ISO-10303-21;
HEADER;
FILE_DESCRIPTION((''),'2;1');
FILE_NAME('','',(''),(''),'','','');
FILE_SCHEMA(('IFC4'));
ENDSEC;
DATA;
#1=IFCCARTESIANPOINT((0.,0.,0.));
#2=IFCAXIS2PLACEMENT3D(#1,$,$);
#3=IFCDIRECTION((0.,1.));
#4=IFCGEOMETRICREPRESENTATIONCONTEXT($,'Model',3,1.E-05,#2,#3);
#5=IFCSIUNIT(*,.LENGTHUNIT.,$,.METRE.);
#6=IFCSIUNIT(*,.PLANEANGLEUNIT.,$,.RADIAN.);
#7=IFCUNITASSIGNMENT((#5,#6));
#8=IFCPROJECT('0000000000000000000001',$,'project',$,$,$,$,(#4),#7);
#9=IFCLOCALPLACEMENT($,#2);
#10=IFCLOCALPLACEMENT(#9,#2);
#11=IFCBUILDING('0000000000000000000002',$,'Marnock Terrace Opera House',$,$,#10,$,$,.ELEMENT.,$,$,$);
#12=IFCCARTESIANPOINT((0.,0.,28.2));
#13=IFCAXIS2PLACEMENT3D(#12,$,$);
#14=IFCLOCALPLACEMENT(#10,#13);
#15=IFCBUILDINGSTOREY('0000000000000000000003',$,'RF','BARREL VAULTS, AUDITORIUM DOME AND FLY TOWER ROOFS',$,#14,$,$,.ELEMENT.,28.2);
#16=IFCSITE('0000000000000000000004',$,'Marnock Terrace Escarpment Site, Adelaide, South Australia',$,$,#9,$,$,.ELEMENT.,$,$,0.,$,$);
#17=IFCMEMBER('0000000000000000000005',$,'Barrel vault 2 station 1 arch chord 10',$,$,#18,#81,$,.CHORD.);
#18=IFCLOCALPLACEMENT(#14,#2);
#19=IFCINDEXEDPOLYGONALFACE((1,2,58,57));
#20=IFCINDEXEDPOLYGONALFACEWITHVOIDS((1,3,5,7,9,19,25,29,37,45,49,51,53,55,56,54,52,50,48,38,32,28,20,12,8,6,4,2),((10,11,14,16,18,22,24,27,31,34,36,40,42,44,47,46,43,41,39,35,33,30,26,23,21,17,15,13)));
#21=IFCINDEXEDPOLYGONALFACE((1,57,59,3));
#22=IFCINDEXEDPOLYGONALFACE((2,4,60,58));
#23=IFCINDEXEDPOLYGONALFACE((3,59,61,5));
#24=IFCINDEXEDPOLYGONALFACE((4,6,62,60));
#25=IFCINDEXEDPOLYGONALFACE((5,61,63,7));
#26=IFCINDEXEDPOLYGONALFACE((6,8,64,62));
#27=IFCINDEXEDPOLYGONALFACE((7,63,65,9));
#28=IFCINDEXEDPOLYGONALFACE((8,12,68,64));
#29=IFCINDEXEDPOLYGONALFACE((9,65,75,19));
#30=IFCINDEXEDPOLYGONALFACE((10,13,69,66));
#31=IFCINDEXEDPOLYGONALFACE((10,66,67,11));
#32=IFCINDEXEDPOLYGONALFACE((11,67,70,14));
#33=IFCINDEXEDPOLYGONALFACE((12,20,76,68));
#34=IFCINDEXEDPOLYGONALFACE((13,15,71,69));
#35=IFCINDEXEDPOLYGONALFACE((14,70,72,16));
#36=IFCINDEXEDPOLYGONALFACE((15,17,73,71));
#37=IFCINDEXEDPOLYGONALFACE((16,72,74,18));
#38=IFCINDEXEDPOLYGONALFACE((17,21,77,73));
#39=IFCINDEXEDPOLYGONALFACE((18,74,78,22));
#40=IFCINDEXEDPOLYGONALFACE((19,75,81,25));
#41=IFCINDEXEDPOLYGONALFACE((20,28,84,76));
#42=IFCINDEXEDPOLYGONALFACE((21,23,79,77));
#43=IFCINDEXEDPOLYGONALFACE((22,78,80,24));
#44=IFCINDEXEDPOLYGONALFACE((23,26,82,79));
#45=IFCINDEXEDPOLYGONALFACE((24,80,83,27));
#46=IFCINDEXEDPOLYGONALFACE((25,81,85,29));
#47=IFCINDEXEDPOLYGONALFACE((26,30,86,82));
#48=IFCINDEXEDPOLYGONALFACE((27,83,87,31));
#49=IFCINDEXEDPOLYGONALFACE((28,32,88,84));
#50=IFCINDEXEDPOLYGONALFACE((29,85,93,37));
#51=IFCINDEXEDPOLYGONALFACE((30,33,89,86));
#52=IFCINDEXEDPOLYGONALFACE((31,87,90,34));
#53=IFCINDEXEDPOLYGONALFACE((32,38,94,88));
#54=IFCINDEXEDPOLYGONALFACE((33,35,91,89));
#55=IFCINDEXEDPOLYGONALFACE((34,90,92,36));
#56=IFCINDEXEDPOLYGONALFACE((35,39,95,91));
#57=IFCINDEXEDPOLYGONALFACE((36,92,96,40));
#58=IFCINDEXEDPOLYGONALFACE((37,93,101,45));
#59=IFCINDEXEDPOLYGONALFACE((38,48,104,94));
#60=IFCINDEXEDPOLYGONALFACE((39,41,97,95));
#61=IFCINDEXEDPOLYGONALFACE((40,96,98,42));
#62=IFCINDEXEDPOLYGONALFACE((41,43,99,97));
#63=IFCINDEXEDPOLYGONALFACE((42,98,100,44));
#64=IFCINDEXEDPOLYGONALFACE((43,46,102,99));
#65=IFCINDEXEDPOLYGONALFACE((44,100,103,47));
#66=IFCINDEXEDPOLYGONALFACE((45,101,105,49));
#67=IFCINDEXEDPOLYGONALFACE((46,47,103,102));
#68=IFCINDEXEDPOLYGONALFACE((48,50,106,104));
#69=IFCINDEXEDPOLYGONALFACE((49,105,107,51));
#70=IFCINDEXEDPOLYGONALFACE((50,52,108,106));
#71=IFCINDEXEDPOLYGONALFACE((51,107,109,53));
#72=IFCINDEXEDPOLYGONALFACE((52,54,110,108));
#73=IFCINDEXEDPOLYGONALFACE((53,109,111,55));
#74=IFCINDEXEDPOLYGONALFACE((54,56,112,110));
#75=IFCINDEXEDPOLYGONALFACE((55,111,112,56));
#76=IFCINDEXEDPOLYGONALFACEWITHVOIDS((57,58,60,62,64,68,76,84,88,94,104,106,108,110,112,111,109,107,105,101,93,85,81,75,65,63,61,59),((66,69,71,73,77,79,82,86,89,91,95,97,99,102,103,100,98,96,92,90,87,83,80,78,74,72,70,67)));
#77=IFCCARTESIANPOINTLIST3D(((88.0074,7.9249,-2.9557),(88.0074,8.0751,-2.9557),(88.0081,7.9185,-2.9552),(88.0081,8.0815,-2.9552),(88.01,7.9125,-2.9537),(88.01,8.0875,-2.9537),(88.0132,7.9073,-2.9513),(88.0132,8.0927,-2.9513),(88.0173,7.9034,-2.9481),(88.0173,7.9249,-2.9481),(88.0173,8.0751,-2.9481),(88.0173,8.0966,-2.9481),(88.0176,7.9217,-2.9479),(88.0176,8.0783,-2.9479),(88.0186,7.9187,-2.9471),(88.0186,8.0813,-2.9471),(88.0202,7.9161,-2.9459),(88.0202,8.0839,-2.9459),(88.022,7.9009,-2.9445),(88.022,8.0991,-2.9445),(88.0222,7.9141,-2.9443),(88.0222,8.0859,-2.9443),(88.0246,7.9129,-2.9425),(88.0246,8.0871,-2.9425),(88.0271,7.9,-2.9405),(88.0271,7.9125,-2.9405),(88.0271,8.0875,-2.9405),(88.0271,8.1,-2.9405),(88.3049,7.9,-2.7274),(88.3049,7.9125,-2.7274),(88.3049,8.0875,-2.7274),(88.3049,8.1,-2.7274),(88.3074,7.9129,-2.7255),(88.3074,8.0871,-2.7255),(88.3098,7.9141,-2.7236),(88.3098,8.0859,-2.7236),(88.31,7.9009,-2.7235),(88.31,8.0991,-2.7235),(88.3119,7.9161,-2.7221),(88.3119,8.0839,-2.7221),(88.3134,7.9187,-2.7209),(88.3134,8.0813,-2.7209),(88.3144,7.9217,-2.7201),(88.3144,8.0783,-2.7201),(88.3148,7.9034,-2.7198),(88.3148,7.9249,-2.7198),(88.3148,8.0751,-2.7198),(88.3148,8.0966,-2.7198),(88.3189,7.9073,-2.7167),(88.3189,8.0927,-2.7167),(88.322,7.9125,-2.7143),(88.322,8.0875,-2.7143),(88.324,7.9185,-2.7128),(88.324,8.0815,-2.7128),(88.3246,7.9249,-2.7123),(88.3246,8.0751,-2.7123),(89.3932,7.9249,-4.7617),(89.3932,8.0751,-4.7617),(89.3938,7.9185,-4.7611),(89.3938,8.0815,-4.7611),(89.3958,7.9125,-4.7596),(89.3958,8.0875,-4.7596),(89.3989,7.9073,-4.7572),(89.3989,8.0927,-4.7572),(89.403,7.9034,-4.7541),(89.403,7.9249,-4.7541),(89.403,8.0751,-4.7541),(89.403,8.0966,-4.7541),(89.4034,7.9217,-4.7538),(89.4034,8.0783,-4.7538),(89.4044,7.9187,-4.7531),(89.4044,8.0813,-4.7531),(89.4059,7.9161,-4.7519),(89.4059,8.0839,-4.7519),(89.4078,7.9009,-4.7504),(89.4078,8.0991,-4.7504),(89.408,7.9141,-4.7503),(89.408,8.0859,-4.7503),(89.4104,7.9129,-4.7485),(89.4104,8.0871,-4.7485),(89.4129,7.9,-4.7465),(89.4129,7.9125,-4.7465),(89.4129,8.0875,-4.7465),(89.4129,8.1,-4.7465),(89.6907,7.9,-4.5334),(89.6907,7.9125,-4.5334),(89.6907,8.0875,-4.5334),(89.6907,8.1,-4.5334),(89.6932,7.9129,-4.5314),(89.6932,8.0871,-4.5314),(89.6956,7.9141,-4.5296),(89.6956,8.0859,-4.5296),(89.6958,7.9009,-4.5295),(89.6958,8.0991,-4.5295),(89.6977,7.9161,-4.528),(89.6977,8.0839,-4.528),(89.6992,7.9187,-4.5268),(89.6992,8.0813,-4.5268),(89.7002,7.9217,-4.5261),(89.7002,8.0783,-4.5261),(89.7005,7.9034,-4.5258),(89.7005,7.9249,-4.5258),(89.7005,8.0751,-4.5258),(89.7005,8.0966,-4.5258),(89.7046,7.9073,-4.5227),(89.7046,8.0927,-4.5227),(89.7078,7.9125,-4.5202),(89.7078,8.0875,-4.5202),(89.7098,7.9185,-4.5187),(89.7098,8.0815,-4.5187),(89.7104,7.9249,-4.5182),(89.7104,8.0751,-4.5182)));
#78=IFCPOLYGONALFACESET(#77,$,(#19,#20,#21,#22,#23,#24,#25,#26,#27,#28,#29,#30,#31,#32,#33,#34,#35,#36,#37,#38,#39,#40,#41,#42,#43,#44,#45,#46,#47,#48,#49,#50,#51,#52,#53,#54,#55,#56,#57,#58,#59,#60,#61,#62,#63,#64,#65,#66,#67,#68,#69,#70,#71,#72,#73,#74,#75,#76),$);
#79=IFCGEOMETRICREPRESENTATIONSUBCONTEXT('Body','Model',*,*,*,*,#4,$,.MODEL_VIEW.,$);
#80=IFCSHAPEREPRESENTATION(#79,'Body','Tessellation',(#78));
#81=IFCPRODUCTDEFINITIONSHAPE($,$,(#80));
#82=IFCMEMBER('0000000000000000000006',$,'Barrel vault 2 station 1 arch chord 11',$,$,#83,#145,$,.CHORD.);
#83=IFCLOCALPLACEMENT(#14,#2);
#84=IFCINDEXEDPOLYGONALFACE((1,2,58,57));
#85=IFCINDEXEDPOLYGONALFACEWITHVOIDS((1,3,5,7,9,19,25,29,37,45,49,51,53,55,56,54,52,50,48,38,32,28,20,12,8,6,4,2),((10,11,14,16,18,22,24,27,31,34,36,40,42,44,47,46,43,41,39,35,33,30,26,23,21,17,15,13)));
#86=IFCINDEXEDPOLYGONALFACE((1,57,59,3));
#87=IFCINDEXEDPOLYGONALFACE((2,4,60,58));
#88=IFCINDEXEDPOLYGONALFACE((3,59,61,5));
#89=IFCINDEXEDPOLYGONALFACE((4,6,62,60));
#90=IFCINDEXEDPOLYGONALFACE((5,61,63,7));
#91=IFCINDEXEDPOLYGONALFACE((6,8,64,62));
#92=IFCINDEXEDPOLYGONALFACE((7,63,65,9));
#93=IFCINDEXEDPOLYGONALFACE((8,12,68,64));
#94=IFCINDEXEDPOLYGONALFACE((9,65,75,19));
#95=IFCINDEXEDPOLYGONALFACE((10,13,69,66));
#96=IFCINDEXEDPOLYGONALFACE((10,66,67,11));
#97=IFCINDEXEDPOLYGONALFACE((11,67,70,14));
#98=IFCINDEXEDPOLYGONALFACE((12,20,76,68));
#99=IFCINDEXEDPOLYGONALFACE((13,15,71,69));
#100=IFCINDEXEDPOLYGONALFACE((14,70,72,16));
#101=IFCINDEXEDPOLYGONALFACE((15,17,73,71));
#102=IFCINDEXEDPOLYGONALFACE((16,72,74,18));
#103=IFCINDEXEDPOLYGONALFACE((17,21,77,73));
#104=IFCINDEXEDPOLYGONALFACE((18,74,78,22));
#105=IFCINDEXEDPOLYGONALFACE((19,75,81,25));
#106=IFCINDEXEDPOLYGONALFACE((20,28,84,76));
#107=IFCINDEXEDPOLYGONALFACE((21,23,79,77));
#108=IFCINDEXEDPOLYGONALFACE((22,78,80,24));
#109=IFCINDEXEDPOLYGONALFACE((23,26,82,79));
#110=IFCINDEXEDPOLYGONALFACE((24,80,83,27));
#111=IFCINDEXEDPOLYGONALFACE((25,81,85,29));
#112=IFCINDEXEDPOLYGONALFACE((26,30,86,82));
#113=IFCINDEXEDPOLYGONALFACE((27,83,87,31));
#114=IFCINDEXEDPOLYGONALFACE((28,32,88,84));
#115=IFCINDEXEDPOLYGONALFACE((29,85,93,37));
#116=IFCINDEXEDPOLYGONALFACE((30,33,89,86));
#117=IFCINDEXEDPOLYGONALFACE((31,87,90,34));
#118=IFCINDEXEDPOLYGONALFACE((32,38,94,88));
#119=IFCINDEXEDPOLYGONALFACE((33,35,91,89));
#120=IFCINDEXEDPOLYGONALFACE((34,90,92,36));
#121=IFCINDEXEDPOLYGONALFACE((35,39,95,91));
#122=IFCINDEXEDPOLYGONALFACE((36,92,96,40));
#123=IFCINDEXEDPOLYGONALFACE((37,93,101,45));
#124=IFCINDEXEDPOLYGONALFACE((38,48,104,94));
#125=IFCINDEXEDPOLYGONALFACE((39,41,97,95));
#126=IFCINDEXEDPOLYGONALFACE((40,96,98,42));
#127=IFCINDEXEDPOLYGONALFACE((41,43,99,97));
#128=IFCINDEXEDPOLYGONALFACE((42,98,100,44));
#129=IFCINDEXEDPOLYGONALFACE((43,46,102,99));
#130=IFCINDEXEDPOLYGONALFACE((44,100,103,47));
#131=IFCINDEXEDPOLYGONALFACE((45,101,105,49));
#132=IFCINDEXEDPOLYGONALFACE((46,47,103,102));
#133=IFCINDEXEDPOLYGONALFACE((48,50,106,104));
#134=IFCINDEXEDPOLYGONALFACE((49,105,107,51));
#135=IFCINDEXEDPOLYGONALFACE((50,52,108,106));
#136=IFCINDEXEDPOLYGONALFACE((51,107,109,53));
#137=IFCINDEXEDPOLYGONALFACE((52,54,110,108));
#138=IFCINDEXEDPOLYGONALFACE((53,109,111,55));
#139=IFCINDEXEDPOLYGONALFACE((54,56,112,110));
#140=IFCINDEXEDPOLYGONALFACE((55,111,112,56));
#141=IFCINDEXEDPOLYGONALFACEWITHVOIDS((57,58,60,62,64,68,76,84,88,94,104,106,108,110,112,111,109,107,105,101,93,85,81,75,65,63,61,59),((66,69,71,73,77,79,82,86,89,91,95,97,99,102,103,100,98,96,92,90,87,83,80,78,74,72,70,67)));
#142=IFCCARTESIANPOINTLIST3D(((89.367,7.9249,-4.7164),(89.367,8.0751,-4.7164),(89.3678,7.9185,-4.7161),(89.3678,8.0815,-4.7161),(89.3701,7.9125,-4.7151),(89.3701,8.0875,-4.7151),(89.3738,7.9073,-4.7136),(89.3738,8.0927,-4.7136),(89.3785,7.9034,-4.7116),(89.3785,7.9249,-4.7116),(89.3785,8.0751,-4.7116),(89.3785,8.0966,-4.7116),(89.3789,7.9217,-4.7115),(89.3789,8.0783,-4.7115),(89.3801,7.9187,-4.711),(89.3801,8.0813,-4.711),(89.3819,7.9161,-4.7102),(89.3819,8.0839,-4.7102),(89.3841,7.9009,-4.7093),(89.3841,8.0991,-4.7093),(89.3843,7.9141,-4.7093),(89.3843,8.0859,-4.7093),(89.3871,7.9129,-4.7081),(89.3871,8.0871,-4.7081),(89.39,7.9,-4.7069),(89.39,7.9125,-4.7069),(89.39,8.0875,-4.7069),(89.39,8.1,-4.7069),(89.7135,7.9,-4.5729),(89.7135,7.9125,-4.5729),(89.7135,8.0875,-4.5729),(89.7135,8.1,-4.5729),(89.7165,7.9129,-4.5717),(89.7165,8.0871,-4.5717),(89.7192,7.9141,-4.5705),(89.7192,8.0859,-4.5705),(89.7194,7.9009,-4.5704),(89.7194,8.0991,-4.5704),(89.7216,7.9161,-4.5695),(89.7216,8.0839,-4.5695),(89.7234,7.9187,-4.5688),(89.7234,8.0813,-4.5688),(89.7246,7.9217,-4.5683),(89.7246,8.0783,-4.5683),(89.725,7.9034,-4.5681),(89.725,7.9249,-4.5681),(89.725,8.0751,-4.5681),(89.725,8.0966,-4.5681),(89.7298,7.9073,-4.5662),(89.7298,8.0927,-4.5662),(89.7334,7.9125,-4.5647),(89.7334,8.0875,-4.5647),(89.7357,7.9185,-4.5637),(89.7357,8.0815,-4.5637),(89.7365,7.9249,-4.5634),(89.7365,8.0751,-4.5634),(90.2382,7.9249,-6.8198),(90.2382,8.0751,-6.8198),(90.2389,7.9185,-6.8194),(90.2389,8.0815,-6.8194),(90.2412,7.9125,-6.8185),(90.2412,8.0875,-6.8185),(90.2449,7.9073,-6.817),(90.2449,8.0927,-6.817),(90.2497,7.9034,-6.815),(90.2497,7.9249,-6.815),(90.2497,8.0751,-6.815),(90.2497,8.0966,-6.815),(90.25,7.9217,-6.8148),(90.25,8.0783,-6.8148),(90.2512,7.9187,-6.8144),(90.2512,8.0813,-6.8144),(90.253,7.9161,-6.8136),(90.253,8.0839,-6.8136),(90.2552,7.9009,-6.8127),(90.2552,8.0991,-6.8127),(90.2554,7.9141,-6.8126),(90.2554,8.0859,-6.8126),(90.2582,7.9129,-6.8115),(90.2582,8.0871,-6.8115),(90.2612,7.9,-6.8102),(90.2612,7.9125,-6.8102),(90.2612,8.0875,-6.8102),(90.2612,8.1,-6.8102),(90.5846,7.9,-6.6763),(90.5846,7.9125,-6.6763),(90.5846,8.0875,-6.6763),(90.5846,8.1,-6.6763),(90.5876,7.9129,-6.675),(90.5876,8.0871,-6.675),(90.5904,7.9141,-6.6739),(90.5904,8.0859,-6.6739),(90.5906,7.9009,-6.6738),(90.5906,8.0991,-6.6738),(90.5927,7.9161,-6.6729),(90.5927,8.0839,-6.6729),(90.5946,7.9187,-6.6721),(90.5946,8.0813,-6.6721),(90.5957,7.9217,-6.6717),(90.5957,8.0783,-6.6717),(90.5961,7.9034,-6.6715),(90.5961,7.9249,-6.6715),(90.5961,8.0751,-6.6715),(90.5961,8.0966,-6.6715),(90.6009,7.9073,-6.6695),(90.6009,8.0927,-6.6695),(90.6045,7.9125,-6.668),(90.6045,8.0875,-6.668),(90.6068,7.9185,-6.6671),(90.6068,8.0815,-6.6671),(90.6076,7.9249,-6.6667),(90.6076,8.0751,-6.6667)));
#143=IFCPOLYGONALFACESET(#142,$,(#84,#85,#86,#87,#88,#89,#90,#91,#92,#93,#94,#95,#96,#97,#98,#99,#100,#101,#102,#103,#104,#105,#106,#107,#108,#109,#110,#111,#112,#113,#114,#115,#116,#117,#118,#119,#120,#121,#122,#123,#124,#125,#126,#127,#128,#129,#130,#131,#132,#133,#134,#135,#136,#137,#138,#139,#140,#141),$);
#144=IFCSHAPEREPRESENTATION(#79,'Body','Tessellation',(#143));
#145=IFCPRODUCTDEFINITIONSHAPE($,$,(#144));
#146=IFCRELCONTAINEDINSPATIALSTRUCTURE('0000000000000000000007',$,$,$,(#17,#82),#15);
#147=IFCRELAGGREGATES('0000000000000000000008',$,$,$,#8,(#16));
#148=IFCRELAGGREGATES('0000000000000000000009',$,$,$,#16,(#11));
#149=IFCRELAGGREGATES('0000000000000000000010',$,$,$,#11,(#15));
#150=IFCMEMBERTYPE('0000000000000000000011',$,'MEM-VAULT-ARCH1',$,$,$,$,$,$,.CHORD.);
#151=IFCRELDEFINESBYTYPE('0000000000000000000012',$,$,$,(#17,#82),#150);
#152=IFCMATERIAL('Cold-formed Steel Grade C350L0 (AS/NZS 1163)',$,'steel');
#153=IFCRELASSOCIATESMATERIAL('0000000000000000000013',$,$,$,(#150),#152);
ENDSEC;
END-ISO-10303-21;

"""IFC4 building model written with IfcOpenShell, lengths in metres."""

from ifc_helpers import new_model, si_unit, direction, frame, origin, origin_2d, place, context, subcontext, project, spatial, hollow_rectangle, extrude, material, material_profile, profile_set, type_object, element, save


model = new_model("IFC4")

# Units and contexts
model_context = context("Model", 3, precision=1e-05, world=origin(), true_north=direction((0.0, 1.0)))
body_context = subcontext(model_context, "Body", "Model", "MODEL_VIEW")
ifc_project = project(units=[si_unit("LENGTHUNIT", "METRE"), si_unit("PLANEANGLEUNIT", "RADIAN")], contexts=[model_context])

# Site, building, storey
site_placement = place(None, origin())
site = spatial("IfcSite", under=ifc_project, at=site_placement, Name="Marnock Terrace Escarpment Site, Adelaide, South Australia", CompositionType="ELEMENT", RefElevation=0.0)
building_placement = place(site_placement, origin())
building = spatial("IfcBuilding", under=site, at=building_placement, Name="Marnock Terrace Opera House", CompositionType="ELEMENT")
storey_placement = place(building_placement, frame((0.0, 0.0, 28.2)))
storey = spatial("IfcBuildingStorey", under=building, at=storey_placement, Name="RF", Description="BARREL VAULTS, AUDITORIUM DOME AND FLY TOWER ROOFS", CompositionType="ELEMENT", Elevation=28.2)

# Members
ifc_material_1 = material(Name="Cold-formed Steel Grade C350L0 (AS/NZS 1163)", Category="steel")
ifc_material_profile_1 = material_profile(ifc_material_1, hollow_rectangle(XDim=0.2, YDim=0.3999, WallThickness=0.0125, InnerFilletRadius=0.0125, OuterFilletRadius=0.0249, at=origin_2d()))
ifc_profile_set_1 = profile_set([ifc_material_profile_1], Name="Cold-formed Steel Grade C350L0 (AS/NZS 1163)")
member_type_1 = type_object("IfcMemberType", Name="MEM-VAULT-ARCH1", PredefinedType="CHORD", material=ifc_profile_set_1)
for number, where, z_axis, x_axis, name in (
    (1, (88.166, 8.0, -2.834), (0.608767, 0.0, -0.793349), (0.0, 1.0, 0.0), "Barrel vault 2 station 1 arch chord 10"),
):
    element("IfcMember", number, at=place(storey_placement, frame(where, z_axis=z_axis, x_axis=x_axis)), inside=storey, type_object=member_type_1, Name=name, PredefinedType="CHORD", context=body_context, shape_type="SweptSolid", body=[
        extrude(hollow_rectangle(XDim=0.2, YDim=0.3999, WallThickness=0.0125, InnerFilletRadius=0.0125, OuterFilletRadius=0.0249, at=origin_2d()), origin(), (0.0, 0.0, 1.0), 2.2764),
    ])
member_1_placement = place(storey_placement, frame((89.5518, 8.0, -4.6399), z_axis=(0.382642, 0.0, -0.923897), x_axis=(0.0, 1.0, 0.0)))
element("IfcMember", 2, at=member_1_placement, inside=storey, type_object=member_type_1, Name="Barrel vault 2 station 1 arch chord 11", PredefinedType="CHORD", context=body_context, shape_type="SweptSolid", body=[
    extrude(hollow_rectangle(XDim=0.2, YDim=0.3999, WallThickness=0.0125, InnerFilletRadius=0.0125, OuterFilletRadius=0.0249, at=origin_2d()), origin(), (0.0, 0.0, 1.0), 2.2766),
])

save(model, "model.ifc")
